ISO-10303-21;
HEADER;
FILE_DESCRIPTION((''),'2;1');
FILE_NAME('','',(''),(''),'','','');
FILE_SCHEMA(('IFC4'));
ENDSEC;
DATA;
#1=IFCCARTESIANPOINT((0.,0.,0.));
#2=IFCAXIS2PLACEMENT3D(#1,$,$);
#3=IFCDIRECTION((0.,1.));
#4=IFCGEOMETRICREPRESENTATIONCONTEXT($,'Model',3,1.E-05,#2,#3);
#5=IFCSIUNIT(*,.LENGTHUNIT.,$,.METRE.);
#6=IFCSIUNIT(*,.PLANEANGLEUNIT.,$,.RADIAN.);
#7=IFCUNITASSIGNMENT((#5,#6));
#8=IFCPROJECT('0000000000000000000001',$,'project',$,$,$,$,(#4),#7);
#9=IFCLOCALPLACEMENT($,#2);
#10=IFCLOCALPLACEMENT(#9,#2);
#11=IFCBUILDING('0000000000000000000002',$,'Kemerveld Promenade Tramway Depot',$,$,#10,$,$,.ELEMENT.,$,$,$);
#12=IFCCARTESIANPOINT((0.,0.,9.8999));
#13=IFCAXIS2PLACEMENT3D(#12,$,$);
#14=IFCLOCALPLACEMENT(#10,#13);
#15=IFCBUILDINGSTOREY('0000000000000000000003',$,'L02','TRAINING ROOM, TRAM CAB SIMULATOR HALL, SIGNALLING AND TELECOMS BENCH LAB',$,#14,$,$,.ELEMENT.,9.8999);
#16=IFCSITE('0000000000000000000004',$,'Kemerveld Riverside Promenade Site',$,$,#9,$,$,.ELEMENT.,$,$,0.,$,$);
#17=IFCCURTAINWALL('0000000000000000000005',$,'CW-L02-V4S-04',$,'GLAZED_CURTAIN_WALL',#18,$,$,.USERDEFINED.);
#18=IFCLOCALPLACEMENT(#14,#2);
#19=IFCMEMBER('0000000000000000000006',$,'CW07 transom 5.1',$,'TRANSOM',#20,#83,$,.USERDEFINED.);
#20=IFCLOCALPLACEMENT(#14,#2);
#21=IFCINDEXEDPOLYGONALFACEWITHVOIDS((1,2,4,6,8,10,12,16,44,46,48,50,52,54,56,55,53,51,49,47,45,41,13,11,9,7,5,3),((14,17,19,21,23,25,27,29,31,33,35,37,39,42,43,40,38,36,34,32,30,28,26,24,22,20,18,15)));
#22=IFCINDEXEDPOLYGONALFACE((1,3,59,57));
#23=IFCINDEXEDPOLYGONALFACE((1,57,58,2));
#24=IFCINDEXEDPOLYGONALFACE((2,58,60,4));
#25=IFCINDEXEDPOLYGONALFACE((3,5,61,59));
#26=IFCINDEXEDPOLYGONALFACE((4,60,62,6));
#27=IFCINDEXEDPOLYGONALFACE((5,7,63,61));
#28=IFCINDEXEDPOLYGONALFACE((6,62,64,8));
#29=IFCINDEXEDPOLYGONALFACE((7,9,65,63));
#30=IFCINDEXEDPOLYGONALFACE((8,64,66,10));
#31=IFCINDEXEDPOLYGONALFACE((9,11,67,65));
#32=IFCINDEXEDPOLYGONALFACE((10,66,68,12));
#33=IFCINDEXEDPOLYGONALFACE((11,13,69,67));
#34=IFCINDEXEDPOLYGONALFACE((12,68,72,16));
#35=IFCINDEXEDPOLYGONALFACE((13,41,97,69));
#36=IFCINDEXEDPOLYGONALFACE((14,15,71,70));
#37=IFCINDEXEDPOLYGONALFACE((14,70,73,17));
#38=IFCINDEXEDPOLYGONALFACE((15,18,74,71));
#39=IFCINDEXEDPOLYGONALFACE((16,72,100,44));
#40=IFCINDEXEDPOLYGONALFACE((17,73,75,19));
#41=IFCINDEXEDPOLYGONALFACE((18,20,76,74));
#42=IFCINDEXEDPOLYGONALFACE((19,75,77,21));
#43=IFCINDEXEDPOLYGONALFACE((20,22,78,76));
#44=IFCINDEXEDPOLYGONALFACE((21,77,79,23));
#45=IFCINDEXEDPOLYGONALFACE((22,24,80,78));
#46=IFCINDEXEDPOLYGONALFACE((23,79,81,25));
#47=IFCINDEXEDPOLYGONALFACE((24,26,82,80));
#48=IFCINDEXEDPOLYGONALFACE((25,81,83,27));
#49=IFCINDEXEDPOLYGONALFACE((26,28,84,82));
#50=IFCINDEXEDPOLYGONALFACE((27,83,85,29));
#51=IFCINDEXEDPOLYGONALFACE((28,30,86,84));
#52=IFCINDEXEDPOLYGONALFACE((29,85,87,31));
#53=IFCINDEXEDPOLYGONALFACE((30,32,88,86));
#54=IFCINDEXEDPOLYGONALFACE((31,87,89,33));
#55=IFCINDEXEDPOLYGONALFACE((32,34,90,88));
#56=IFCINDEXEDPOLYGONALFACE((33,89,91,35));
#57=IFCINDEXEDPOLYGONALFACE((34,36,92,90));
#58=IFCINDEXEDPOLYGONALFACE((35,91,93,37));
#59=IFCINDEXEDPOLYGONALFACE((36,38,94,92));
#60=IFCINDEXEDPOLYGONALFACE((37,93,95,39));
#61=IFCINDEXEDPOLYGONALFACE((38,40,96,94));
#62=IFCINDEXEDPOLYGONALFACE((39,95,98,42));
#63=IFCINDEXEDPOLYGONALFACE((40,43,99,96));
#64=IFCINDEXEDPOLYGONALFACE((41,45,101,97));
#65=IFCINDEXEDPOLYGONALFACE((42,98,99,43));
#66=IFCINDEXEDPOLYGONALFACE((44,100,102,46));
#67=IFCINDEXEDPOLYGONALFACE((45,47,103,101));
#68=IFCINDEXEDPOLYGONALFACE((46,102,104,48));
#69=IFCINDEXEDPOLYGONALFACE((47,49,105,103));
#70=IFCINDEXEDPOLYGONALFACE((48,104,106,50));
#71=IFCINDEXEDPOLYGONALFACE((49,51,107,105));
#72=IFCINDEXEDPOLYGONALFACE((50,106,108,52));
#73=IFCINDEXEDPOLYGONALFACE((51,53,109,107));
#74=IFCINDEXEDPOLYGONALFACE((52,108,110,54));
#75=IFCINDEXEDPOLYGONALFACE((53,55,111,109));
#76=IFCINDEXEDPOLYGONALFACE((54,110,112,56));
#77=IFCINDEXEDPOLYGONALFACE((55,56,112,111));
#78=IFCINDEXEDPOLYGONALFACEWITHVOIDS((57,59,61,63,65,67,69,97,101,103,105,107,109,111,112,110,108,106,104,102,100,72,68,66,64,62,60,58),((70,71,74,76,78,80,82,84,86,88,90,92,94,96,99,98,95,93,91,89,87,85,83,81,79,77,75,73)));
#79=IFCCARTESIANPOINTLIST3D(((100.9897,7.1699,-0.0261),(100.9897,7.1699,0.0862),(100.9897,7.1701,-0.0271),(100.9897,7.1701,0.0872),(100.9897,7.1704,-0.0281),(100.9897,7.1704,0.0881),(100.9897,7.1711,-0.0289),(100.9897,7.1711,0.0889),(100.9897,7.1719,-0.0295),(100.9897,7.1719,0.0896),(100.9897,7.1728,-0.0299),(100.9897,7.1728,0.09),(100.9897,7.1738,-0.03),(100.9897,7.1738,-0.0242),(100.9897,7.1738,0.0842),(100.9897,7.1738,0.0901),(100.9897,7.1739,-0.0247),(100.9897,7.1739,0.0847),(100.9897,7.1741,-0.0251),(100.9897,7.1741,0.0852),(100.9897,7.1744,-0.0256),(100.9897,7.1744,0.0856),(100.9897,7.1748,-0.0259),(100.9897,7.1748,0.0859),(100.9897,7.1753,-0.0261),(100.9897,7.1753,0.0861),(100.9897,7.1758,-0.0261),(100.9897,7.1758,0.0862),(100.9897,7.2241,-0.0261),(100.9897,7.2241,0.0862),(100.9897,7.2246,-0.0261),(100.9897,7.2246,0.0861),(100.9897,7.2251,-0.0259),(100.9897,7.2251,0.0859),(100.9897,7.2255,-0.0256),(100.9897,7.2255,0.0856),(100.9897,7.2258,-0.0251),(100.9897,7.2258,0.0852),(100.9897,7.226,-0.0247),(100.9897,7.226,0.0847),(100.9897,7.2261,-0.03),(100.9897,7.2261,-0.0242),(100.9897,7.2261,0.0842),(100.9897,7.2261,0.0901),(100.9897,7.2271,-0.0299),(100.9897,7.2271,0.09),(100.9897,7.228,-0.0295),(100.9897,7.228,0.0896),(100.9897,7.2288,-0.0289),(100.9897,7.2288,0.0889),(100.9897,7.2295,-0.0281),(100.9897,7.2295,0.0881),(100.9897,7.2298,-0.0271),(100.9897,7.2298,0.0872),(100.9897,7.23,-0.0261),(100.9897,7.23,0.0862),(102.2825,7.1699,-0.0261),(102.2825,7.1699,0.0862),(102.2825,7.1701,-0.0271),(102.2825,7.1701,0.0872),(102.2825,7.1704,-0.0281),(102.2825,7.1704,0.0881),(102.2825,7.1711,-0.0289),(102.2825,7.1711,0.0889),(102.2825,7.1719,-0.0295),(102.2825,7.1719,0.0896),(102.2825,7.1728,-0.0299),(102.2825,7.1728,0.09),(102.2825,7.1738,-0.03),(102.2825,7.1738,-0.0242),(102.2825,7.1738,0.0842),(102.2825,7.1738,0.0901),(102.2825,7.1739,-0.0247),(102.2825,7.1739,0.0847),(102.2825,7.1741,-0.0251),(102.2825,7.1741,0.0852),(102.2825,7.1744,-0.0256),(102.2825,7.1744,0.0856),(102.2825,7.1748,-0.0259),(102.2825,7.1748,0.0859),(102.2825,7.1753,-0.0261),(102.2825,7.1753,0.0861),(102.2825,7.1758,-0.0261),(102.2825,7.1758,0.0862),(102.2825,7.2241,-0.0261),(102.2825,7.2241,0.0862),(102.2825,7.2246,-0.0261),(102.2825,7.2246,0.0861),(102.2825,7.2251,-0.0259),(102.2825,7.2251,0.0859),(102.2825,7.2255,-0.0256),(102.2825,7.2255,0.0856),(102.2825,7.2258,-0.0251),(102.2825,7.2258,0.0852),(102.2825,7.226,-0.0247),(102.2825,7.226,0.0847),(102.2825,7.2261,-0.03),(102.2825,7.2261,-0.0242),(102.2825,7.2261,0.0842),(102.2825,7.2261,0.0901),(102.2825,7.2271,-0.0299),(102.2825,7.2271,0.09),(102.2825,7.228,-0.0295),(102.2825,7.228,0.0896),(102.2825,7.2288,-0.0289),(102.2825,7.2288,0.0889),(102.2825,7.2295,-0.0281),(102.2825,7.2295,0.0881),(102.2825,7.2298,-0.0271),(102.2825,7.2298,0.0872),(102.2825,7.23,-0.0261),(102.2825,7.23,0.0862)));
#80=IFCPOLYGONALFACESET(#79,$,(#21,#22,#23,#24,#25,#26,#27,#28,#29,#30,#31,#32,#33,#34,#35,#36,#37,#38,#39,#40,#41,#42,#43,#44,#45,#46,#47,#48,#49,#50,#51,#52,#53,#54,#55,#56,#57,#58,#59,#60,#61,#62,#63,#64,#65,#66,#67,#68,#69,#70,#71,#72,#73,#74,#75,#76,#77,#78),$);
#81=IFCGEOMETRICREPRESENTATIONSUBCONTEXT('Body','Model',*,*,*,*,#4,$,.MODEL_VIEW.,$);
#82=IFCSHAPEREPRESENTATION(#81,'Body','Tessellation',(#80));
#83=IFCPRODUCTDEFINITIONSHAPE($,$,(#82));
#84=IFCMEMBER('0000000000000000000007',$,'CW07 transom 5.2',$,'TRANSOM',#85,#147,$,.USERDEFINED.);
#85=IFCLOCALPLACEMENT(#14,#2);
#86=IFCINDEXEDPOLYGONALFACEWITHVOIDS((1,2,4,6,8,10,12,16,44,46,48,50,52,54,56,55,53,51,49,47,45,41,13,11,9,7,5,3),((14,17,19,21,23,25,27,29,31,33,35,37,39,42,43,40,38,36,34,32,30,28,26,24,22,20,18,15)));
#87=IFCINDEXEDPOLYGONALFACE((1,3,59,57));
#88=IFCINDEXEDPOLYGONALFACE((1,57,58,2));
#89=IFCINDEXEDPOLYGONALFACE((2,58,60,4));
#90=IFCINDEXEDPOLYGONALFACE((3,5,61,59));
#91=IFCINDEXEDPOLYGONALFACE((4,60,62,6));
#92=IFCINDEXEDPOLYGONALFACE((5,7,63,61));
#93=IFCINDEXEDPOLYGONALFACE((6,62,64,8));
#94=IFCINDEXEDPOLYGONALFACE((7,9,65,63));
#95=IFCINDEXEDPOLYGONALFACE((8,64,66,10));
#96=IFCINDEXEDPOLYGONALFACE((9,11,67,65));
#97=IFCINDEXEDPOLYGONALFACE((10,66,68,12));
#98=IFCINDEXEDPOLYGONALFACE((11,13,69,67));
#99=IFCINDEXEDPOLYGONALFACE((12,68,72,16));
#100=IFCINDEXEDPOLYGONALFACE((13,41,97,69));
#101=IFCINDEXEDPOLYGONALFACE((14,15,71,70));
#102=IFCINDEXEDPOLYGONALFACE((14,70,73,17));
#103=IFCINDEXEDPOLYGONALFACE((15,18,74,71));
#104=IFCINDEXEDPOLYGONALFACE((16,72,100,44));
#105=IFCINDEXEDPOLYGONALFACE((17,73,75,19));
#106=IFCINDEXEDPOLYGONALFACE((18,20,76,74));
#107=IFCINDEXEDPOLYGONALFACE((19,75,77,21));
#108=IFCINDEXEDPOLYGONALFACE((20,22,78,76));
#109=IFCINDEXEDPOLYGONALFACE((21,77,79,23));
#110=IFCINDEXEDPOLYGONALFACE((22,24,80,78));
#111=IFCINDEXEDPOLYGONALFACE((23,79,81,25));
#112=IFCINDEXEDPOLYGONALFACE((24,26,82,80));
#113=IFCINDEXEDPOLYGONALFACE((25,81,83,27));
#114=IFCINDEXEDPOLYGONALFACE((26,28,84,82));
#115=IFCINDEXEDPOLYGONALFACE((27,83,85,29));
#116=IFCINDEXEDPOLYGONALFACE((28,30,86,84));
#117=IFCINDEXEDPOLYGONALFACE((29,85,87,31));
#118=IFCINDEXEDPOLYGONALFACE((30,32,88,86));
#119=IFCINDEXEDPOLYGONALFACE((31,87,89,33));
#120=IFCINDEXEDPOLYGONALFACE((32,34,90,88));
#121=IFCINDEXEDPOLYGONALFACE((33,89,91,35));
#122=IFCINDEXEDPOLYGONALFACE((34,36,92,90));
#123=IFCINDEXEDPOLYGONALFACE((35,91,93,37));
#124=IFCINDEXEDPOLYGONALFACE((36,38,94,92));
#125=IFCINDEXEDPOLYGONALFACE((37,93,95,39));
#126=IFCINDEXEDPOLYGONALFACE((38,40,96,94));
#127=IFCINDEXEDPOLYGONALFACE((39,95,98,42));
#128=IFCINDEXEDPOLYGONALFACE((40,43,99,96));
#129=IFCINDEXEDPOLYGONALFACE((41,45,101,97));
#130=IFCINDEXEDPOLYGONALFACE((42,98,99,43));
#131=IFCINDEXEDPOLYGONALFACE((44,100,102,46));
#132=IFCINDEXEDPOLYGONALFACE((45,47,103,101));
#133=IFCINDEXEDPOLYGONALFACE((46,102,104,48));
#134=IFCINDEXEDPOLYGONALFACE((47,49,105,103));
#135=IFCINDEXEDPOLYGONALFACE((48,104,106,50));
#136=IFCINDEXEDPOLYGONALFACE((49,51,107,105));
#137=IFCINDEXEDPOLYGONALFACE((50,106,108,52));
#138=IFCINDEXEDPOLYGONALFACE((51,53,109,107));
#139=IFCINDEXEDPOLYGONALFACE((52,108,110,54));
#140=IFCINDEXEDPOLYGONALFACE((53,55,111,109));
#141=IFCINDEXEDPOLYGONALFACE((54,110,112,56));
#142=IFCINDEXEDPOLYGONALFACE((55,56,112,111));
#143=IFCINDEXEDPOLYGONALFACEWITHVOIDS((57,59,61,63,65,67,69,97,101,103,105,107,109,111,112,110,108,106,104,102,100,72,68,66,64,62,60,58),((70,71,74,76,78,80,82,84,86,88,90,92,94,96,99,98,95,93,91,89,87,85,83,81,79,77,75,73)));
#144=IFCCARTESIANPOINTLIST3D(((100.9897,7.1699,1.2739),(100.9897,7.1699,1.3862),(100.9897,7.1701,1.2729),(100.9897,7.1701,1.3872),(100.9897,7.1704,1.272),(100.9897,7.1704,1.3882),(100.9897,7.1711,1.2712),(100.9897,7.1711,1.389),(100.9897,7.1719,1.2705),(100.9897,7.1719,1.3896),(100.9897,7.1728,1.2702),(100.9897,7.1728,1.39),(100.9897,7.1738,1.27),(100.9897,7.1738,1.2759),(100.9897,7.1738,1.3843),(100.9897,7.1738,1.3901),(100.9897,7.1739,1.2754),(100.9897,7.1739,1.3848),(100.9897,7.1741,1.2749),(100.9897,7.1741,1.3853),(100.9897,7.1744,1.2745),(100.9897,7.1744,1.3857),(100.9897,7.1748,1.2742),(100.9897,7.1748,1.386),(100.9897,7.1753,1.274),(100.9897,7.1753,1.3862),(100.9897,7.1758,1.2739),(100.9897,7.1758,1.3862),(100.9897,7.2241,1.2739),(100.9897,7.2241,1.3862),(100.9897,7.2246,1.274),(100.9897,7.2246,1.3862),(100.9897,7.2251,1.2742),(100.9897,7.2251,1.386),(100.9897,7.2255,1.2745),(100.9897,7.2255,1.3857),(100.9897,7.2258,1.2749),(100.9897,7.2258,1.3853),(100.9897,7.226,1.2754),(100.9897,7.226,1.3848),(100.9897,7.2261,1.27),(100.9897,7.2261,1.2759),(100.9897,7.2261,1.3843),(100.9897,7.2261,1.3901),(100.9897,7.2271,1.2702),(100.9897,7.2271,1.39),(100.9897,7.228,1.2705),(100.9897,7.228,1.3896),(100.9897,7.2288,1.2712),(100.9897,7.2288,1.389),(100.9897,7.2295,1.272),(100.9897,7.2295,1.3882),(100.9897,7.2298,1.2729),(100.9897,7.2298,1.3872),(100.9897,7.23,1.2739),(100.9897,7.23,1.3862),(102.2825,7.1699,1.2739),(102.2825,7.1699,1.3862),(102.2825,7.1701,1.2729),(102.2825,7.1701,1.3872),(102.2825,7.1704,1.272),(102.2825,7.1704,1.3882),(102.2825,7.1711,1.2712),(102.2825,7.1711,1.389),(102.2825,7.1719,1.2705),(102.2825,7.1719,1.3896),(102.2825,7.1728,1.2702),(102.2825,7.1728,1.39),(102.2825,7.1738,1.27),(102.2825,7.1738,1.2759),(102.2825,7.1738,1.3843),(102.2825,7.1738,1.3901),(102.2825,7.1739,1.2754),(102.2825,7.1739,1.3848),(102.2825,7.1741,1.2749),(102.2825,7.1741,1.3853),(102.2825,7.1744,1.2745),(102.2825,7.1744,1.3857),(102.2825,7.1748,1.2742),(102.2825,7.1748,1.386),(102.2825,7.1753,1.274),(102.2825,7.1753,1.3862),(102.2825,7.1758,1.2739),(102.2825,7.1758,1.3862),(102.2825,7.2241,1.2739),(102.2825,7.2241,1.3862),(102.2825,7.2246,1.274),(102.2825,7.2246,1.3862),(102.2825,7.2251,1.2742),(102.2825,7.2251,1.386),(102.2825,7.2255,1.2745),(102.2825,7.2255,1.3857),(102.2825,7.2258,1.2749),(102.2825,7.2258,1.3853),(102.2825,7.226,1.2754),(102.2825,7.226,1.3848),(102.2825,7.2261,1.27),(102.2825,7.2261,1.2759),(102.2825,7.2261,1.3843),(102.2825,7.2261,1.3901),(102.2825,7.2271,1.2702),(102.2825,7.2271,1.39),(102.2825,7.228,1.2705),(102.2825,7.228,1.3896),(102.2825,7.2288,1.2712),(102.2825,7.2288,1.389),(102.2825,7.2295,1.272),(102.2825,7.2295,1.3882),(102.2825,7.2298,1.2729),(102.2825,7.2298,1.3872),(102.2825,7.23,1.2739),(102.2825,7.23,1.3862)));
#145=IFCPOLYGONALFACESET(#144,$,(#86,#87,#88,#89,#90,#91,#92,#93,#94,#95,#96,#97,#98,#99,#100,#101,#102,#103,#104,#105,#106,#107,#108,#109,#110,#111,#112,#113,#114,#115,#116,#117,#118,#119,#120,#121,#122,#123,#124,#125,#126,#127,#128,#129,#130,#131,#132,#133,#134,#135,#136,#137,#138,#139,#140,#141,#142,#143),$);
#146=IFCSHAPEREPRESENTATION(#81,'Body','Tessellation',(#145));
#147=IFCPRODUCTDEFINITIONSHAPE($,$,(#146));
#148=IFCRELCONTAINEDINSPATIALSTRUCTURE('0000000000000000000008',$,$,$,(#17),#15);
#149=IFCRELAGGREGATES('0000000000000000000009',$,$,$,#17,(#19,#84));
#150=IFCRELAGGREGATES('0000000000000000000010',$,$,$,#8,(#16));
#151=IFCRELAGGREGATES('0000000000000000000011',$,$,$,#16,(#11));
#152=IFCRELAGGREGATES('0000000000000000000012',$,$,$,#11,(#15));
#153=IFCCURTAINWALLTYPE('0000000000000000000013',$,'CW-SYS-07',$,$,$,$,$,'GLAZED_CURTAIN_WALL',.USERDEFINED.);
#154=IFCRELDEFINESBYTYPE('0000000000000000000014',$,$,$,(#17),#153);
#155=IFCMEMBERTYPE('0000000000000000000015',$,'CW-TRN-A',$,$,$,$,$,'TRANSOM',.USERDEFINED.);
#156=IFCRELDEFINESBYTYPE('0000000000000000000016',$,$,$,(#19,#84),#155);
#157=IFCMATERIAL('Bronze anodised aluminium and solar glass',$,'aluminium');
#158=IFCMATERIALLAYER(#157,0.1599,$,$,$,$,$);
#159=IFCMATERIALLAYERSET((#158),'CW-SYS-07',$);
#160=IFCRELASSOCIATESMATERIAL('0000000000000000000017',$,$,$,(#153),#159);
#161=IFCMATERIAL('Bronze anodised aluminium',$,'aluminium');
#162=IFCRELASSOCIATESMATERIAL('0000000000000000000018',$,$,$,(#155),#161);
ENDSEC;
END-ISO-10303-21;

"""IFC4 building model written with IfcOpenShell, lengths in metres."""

from ifc_helpers import new_model, si_unit, direction, frame, origin, origin_2d, place, context, subcontext, project, spatial, hollow_rectangle, extrude, material, layer, layer_set, material_profile, profile_set, type_object, element, aggregate, save


model = new_model("IFC4")

# Units and contexts
model_context = context("Model", 3, precision=1e-05, world=origin(), true_north=direction((0.0, 1.0)))
body_context = subcontext(model_context, "Body", "Model", "MODEL_VIEW")
ifc_project = project(units=[si_unit("LENGTHUNIT", "METRE"), si_unit("PLANEANGLEUNIT", "RADIAN")], contexts=[model_context])

# Site, building, storey
site_placement = place(None, origin())
site = spatial("IfcSite", under=ifc_project, at=site_placement, Name="Kemerveld Riverside Promenade Site", CompositionType="ELEMENT", RefElevation=0.0)
building_placement = place(site_placement, origin())
building = spatial("IfcBuilding", under=site, at=building_placement, Name="Kemerveld Promenade Tramway Depot", CompositionType="ELEMENT")
storey_placement = place(building_placement, frame((0.0, 0.0, 9.8999)))
storey = spatial("IfcBuildingStorey", under=building, at=storey_placement, Name="L02", Description="TRAINING ROOM, TRAM CAB SIMULATOR HALL, SIGNALLING AND TELECOMS BENCH LAB", CompositionType="ELEMENT", Elevation=9.8999)

# Curtain wall, members
ifc_material_1 = material(Name="Bronze anodised aluminium and solar glass", Category="aluminium")
ifc_layer_1 = layer(ifc_material_1, 0.1599)
ifc_layer_set_1 = layer_set([ifc_layer_1], Name="CW-SYS-07")
curtain_wall_type = type_object("IfcCurtainWallType", Name="CW-SYS-07", ElementType="GLAZED_CURTAIN_WALL", PredefinedType="USERDEFINED", material=ifc_layer_set_1)
curtain_wall_placement = place(storey_placement, origin())
curtain_wall = element("IfcCurtainWall", 1, at=curtain_wall_placement, inside=storey, type_object=curtain_wall_type, Name="CW-L02-V4S-04", ObjectType="GLAZED_CURTAIN_WALL", PredefinedType="USERDEFINED")
ifc_material_2 = material(Name="Bronze anodised aluminium", Category="aluminium")
ifc_material_profile_1 = material_profile(ifc_material_2, hollow_rectangle(XDim=0.0601, YDim=0.1201, WallThickness=0.0039, InnerFilletRadius=0.002, OuterFilletRadius=0.0039, at=origin_2d()), Name="CW-TRN-120x60")
ifc_profile_set_1 = profile_set([ifc_material_profile_1], Name="Bronze anodised aluminium")
member_type_1 = type_object("IfcMemberType", Name="CW-TRN-A", ElementType="TRANSOM", PredefinedType="USERDEFINED", material=ifc_profile_set_1)
member_1_placement = place(storey_placement, frame((102.2825, 7.2, 0.03), z_axis=(-1.0, 0.0, 0.0), x_axis=(0.0, -1.0, 0.0)))
member_1 = element("IfcMember", 2, at=member_1_placement, type_object=member_type_1, Name="CW07 transom 5.1", ObjectType="TRANSOM", PredefinedType="USERDEFINED", context=body_context, shape_type="SweptSolid", body=[
    extrude(hollow_rectangle(XDim=0.0601, YDim=0.1201, WallThickness=0.0039, InnerFilletRadius=0.002, OuterFilletRadius=0.0039, at=origin_2d()), origin(), (0.0, 0.0, 1.0), 1.2927),
])
member_2_placement = place(storey_placement, frame((102.2825, 7.2, 1.3301), z_axis=(-1.0, 0.0, 0.0), x_axis=(0.0, -1.0, 0.0)))
member_2 = element("IfcMember", 3, at=member_2_placement, type_object=member_type_1, Name="CW07 transom 5.2", ObjectType="TRANSOM", PredefinedType="USERDEFINED", context=body_context, shape_type="SweptSolid", body=[
    extrude(hollow_rectangle(XDim=0.0601, YDim=0.1201, WallThickness=0.0039, InnerFilletRadius=0.002, OuterFilletRadius=0.0039, at=origin_2d()), origin(), (0.0, 0.0, 1.0), 1.2927),
])
aggregate(curtain_wall, [member_1, member_2])

save(model, "model.ifc")
